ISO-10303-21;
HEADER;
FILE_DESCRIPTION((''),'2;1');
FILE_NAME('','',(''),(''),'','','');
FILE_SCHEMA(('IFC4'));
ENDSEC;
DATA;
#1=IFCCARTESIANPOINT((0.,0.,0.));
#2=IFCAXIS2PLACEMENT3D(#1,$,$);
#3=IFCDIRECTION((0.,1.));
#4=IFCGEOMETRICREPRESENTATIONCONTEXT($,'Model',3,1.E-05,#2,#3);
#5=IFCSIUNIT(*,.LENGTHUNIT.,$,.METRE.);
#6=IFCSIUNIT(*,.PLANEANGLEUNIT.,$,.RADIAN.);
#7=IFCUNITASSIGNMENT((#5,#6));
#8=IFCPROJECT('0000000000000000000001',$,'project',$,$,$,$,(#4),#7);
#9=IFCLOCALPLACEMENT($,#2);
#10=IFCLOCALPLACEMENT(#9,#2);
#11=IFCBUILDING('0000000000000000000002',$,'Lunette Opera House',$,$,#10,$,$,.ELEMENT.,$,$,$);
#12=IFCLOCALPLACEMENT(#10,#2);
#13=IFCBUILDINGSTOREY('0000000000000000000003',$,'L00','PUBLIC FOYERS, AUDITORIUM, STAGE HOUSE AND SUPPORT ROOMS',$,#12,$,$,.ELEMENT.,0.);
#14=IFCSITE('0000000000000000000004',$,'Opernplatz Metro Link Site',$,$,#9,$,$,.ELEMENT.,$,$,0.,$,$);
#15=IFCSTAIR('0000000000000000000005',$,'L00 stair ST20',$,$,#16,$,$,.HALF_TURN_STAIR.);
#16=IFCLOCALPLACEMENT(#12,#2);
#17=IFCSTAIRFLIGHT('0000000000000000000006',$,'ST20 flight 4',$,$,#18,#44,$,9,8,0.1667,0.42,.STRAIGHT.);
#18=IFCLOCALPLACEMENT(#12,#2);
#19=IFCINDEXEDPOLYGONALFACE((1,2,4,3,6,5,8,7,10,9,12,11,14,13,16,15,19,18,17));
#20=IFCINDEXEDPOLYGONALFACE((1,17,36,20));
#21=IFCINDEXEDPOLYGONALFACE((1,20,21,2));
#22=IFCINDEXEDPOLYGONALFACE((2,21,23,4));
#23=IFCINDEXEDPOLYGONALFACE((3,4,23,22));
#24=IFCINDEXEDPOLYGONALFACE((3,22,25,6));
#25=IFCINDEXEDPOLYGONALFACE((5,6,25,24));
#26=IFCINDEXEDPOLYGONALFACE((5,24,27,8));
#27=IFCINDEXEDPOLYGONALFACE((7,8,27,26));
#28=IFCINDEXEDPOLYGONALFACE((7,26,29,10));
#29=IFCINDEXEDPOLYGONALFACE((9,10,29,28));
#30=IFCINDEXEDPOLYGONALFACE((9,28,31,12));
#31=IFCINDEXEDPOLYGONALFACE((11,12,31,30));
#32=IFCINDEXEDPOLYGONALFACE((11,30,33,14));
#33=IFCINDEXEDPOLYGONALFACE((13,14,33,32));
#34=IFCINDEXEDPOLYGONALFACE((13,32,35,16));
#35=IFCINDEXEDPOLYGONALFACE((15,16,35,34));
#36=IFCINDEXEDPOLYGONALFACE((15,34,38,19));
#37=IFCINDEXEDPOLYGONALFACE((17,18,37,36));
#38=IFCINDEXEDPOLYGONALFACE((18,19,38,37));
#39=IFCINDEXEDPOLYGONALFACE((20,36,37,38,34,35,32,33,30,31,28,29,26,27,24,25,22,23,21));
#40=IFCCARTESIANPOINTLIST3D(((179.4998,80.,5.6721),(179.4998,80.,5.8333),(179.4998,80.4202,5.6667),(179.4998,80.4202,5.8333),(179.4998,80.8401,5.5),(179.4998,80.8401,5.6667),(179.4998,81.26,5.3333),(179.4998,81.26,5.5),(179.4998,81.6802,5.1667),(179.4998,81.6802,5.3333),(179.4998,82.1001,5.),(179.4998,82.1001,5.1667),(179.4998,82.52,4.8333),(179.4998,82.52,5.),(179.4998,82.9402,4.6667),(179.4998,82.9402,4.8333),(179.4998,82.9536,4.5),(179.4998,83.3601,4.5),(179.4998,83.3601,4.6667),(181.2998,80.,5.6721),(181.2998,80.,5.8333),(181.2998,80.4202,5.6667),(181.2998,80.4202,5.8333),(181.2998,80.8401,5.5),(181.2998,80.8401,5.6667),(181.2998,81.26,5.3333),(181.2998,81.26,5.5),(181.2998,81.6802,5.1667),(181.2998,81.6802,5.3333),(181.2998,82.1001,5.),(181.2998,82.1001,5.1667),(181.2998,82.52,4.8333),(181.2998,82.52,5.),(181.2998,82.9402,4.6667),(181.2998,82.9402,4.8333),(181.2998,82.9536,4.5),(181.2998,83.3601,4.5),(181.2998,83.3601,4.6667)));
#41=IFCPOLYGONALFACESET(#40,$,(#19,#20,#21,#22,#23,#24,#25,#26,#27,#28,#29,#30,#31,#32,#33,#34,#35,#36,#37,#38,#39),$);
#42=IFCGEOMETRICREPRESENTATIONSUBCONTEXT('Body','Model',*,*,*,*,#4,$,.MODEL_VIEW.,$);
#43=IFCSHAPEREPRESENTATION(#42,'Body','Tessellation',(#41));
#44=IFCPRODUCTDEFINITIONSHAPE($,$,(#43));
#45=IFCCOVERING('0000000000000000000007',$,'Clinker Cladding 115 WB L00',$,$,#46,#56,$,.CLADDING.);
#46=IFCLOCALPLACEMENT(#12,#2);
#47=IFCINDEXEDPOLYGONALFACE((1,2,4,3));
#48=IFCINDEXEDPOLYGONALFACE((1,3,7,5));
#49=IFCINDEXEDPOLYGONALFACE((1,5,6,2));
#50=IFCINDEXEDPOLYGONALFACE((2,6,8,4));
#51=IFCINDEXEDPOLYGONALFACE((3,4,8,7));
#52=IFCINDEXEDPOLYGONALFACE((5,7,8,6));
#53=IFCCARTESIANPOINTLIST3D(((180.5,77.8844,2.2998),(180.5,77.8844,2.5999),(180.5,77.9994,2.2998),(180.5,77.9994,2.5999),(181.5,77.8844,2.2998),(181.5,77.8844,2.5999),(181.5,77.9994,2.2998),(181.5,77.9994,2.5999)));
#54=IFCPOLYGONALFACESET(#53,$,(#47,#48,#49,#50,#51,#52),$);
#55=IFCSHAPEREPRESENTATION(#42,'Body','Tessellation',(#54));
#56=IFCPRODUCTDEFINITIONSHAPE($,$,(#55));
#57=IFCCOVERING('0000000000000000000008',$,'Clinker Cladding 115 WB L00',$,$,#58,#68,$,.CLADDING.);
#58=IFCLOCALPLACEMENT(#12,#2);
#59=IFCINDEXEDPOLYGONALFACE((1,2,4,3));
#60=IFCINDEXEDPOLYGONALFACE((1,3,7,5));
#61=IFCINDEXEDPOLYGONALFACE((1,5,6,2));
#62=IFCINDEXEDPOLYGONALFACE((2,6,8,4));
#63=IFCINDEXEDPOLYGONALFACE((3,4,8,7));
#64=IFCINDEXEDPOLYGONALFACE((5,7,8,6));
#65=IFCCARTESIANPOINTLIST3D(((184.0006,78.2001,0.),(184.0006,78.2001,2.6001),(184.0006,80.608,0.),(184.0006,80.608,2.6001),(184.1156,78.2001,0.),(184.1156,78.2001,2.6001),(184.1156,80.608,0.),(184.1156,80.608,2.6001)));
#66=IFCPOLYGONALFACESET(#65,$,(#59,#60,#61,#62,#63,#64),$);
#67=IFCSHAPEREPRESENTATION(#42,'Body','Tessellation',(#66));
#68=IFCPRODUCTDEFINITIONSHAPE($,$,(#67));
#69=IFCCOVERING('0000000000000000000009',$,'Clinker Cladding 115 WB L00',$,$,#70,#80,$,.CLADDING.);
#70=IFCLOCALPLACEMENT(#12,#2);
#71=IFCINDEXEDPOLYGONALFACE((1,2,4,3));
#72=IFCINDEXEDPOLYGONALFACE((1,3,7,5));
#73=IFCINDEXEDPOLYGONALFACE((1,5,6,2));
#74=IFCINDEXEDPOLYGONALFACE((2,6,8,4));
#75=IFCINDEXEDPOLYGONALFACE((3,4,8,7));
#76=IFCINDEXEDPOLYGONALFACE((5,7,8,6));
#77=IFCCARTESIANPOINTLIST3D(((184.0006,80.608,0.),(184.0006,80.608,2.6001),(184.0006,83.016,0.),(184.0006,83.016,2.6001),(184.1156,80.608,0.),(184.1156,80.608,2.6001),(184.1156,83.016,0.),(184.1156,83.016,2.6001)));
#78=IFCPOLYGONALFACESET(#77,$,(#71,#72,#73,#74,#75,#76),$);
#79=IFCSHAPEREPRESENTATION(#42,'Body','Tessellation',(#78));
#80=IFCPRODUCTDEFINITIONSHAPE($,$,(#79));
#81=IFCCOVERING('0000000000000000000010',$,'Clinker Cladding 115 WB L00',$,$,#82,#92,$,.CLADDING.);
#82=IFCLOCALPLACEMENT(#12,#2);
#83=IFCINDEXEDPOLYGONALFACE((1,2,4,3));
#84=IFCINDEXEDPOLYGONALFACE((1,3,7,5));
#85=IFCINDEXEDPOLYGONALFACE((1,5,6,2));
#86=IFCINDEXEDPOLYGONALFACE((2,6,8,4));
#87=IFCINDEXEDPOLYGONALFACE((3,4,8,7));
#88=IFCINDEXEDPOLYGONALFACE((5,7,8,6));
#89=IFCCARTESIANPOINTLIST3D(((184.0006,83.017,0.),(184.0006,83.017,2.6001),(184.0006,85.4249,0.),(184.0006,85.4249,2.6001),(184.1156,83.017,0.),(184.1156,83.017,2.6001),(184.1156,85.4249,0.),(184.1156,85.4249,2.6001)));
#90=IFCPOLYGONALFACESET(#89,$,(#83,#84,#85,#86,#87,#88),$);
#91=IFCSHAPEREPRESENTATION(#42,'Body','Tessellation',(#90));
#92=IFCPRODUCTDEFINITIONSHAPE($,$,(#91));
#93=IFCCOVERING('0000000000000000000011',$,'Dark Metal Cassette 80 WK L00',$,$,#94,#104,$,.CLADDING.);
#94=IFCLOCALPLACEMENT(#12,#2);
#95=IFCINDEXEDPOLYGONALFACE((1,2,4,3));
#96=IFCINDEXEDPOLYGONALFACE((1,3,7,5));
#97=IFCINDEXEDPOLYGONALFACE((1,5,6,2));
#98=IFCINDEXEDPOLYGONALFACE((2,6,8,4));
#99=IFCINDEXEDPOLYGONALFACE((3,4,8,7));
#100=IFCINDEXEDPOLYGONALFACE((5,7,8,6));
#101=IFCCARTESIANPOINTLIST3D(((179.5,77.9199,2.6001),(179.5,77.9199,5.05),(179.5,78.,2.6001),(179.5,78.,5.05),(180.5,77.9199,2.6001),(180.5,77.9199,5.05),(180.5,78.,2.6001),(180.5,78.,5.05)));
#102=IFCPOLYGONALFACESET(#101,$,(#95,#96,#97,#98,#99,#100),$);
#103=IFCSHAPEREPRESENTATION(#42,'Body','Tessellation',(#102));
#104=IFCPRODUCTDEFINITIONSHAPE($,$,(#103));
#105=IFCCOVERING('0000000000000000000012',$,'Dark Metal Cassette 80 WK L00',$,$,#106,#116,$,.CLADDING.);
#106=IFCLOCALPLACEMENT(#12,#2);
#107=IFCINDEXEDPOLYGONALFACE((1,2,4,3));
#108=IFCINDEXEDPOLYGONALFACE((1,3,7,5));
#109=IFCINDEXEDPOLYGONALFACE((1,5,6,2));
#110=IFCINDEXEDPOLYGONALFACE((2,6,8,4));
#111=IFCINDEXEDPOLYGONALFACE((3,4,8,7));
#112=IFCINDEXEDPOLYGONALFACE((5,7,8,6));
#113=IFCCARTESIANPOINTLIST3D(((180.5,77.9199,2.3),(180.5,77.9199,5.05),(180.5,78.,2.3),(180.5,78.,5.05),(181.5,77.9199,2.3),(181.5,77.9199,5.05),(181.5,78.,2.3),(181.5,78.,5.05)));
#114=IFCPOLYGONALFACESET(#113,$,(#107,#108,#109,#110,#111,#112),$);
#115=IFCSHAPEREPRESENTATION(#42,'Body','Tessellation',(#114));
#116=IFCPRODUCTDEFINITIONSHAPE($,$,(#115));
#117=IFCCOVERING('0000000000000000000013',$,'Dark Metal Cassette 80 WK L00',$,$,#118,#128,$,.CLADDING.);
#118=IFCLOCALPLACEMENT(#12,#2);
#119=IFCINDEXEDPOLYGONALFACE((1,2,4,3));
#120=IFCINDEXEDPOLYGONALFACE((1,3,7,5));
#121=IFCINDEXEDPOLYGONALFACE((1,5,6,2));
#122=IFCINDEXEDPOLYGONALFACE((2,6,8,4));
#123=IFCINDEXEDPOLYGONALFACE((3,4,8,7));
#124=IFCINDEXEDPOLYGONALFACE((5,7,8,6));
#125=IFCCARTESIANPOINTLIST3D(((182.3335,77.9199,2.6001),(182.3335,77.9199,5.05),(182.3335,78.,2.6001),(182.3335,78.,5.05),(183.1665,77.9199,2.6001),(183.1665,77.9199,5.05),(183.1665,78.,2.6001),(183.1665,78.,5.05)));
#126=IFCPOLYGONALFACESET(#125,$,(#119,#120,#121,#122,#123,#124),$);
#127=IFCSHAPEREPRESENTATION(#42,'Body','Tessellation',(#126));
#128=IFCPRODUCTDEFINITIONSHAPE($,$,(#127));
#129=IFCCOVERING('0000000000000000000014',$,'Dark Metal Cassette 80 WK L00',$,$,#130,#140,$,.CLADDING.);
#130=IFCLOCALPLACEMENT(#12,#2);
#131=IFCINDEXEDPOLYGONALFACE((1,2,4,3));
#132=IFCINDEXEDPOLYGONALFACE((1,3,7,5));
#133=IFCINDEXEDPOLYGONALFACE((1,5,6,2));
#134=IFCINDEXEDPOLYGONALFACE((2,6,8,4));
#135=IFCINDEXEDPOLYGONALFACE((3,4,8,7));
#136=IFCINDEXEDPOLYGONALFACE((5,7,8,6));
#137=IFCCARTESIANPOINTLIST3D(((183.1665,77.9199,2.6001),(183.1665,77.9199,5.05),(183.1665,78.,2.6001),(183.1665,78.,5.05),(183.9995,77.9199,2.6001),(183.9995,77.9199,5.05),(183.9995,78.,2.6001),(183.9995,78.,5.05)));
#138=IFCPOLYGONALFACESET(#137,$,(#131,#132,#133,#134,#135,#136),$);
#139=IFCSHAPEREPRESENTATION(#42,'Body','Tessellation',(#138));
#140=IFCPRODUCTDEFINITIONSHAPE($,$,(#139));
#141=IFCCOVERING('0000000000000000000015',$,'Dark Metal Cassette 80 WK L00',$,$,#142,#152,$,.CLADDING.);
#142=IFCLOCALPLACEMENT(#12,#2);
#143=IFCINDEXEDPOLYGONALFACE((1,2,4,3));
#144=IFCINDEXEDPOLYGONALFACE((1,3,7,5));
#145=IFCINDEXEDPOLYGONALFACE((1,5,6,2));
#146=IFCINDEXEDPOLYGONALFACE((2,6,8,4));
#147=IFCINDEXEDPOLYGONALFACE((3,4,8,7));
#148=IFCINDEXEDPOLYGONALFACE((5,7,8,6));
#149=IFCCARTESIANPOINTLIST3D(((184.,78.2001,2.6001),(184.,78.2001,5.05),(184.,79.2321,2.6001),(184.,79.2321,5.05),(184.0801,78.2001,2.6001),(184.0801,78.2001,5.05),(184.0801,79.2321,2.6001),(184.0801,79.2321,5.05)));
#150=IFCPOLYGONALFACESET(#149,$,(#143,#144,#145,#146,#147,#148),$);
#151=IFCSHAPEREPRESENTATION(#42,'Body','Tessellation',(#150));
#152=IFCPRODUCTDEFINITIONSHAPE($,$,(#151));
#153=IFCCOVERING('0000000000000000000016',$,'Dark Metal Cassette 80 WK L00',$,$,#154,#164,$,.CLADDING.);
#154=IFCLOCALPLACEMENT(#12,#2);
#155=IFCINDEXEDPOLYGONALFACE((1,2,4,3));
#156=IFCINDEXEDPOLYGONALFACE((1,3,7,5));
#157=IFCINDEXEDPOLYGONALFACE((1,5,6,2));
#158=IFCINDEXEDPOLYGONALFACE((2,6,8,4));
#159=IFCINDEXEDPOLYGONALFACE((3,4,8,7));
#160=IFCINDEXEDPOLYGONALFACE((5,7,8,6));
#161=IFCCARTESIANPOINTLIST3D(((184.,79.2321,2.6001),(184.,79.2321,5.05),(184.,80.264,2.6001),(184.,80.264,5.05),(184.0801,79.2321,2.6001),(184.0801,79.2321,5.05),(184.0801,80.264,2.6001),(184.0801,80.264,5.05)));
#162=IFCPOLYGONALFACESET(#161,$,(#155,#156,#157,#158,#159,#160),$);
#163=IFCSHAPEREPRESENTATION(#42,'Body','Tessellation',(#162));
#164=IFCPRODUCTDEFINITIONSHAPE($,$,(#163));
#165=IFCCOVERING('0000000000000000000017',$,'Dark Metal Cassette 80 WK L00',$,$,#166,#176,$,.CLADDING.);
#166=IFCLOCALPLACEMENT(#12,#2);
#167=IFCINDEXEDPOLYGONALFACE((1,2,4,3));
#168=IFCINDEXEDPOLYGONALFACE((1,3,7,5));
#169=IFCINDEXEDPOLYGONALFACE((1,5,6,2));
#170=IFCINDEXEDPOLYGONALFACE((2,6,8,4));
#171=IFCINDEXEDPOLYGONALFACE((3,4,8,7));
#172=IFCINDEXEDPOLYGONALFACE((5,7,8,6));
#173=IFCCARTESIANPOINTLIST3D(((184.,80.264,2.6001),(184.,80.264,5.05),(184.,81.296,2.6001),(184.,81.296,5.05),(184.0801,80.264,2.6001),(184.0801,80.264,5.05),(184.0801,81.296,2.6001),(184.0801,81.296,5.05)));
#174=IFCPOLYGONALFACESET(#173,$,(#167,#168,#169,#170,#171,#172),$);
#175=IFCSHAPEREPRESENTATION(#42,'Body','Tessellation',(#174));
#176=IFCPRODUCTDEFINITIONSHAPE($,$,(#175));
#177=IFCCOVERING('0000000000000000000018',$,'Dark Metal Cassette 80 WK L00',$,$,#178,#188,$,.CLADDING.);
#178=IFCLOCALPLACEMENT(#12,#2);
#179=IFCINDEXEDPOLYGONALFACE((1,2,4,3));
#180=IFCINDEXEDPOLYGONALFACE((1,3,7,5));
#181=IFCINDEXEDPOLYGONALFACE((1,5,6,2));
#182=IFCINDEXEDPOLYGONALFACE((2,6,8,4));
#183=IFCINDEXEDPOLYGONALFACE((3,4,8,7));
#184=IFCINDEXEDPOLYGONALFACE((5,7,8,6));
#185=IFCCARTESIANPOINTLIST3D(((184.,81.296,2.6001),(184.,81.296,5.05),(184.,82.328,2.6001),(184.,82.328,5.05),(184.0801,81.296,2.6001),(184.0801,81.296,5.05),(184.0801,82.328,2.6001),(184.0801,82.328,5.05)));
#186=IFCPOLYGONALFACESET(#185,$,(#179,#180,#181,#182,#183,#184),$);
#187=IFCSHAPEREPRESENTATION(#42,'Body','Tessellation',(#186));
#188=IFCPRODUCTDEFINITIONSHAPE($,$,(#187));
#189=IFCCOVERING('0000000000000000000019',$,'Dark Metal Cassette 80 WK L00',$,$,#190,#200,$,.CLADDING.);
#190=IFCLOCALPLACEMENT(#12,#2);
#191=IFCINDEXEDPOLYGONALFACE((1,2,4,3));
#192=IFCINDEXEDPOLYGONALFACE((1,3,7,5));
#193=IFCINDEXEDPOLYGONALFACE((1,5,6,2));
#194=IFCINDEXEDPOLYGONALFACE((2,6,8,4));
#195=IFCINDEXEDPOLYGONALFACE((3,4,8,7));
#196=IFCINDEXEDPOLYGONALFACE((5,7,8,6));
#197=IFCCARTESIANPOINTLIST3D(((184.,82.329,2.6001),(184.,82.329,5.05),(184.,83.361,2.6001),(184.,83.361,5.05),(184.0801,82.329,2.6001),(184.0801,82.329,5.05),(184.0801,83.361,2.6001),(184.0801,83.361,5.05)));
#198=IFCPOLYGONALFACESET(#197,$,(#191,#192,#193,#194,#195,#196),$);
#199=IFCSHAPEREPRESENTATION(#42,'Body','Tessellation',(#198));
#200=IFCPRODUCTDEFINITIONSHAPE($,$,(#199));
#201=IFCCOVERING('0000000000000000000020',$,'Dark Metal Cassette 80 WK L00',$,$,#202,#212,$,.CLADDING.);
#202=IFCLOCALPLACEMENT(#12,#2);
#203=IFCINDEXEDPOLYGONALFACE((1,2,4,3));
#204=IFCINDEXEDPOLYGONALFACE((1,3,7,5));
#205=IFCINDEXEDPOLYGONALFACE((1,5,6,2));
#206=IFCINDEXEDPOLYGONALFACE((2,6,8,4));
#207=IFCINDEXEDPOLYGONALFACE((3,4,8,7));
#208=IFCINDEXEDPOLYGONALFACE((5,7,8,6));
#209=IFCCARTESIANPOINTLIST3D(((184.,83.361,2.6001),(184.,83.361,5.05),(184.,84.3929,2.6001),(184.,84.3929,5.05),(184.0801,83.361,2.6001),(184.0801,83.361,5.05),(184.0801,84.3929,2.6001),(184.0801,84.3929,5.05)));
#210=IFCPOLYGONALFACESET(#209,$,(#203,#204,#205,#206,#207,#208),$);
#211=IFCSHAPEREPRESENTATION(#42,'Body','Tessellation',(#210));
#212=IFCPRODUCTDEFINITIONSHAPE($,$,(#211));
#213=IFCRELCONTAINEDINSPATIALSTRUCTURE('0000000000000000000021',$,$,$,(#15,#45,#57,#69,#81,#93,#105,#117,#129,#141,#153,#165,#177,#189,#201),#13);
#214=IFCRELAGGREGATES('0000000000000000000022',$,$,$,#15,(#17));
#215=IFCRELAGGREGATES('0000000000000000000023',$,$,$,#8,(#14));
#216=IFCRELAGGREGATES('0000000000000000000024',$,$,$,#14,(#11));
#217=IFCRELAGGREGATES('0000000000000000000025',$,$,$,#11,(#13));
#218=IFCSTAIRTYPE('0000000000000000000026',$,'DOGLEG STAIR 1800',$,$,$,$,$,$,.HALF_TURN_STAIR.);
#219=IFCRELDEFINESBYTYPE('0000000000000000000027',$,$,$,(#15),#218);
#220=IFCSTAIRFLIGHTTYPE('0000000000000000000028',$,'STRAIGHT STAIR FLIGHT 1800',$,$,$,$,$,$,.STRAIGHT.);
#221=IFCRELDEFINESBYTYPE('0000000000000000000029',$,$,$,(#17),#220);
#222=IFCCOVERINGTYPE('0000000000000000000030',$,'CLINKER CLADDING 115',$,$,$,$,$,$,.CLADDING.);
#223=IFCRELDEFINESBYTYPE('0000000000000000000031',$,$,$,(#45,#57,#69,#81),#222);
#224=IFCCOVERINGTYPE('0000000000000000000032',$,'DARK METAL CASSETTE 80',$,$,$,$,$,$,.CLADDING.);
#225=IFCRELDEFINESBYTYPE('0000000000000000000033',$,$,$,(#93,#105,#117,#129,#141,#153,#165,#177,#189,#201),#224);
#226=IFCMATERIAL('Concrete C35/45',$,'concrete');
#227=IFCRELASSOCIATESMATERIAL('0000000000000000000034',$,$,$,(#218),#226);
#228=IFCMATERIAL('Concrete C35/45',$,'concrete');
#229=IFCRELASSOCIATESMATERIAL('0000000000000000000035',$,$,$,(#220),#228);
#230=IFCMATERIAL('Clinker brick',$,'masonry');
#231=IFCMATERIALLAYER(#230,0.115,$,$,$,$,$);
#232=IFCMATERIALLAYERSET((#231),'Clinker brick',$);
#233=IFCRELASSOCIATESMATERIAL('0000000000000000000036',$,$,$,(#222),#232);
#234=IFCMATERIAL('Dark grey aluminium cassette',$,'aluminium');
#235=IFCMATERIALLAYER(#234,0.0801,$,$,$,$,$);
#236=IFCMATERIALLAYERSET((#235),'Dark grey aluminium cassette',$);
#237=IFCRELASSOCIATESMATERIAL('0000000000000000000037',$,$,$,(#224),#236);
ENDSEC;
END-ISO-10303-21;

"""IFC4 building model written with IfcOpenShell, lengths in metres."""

from ifc_helpers import new_model, si_unit, direction, frame, origin, origin_2d, place, context, subcontext, project, spatial, polyline, rectangle, outline, extrude, material, layer, layer_set, type_object, element, aggregate, save


model = new_model("IFC4")

# Units and contexts
model_context = context("Model", 3, precision=1e-05, world=origin(), true_north=direction((0.0, 1.0)))
body_context = subcontext(model_context, "Body", "Model", "MODEL_VIEW")
ifc_project = project(units=[si_unit("LENGTHUNIT", "METRE"), si_unit("PLANEANGLEUNIT", "RADIAN")], contexts=[model_context])

# Site, building, storey
site_placement = place(None, origin())
site = spatial("IfcSite", under=ifc_project, at=site_placement, Name="Opernplatz Metro Link Site", CompositionType="ELEMENT", RefElevation=0.0)
building_placement = place(site_placement, origin())
building = spatial("IfcBuilding", under=site, at=building_placement, Name="Lunette Opera House", CompositionType="ELEMENT")
storey_placement = place(building_placement, origin())
storey = spatial("IfcBuildingStorey", under=building, at=storey_placement, Name="L00", Description="PUBLIC FOYERS, AUDITORIUM, STAGE HOUSE AND SUPPORT ROOMS", CompositionType="ELEMENT", Elevation=0.0)

# Stair, stair flight
ifc_material_1 = material(Name="Concrete C35/45", Category="concrete")
stair_type = type_object("IfcStairType", Name="DOGLEG STAIR 1800", PredefinedType="HALF_TURN_STAIR", material=ifc_material_1)
stair_placement = place(storey_placement, origin())
stair = element("IfcStair", 1, at=stair_placement, inside=storey, type_object=stair_type, Name="L00 stair ST20", PredefinedType="HALF_TURN_STAIR")
ifc_material_2 = material(Name="Concrete C35/45", Category="concrete")
stair_flight_type = type_object("IfcStairFlightType", Name="STRAIGHT STAIR FLIGHT 1800", PredefinedType="STRAIGHT", material=ifc_material_2)
stair_flight_1_placement = place(storey_placement, frame((180.3999, 83.3601, 4.5), z_axis=(0.0, 0.0, 1.0), x_axis=(0.0, -1.0, 0.0)))
stair_flight_1 = element("IfcStairFlight", 2, at=stair_flight_1_placement, type_object=stair_flight_type, Name="ST20 flight 4", NumberOfRisers=9, NumberOfTreads=8, PredefinedType="STRAIGHT", RiserHeight=0.1667, TreadLength=0.42, context=body_context, shape_type="SweptSolid", body=[
    extrude(outline(polyline([(0.0, 0.0), (0.0, 0.1667), (0.4199, 0.1667), (0.4199, 0.3333), (0.8401, 0.3333), (0.8401, 0.5), (1.26, 0.5), (1.26, 0.6667), (1.6799, 0.6667), (1.6799, 0.8333), (2.1001, 0.8333), (2.1001, 1.0), (2.52, 1.0), (2.52, 1.1667), (2.9399, 1.1667), (2.9399, 1.3333), (3.3601, 1.3333), (3.3601, 1.5), (3.3601, 1.1721), (0.4065, 0.0), (0.0, 0.0)])), frame((0.0, 0.8999, 0.0), z_axis=(0.0, -1.0, 0.0), x_axis=(1.0, 0.0, 0.0)), (0.0, 0.0, 1.0), 1.8),
])
aggregate(stair, [stair_flight_1])

# Coverings
ifc_material_3 = material(Name="Clinker brick", Category="masonry")
ifc_layer_1 = layer(ifc_material_3, 0.115)
ifc_layer_set_1 = layer_set([ifc_layer_1], Name="Clinker brick")
covering_type_1 = type_object("IfcCoveringType", Name="CLINKER CLADDING 115", PredefinedType="CLADDING", material=ifc_layer_set_1)
covering_1_placement = place(storey_placement, frame((181.0, 77.9419, 2.2998), z_axis=(0.0, 0.0, 1.0), x_axis=(1.0, 0.0, 0.0)))
element("IfcCovering", 3, at=covering_1_placement, inside=storey, type_object=covering_type_1, Name="Clinker Cladding 115 WB L00", PredefinedType="CLADDING", context=body_context, shape_type="SweptSolid", body=[
    extrude(rectangle(XDim=1.0, YDim=0.115, at=origin_2d()), origin(), (0.0, 0.0, 1.0), 0.3),
])
for number, where, z_axis, x_axis, name in (
    (4, (184.0581, 79.4041, 0.0), (0.0, 0.0, 1.0), (0.0, 1.0, 0.0), "Clinker Cladding 115 WB L00"),
    (5, (184.0581, 81.812, 0.0), (0.0, 0.0, 1.0), (0.0, 1.0, 0.0), "Clinker Cladding 115 WB L00"),
    (6, (184.0581, 84.2209, 0.0), (0.0, 0.0, 1.0), (0.0, 1.0, 0.0), "Clinker Cladding 115 WB L00"),
):
    element("IfcCovering", number, at=place(storey_placement, frame(where, z_axis=z_axis, x_axis=x_axis)), inside=storey, type_object=covering_type_1, Name=name, PredefinedType="CLADDING", context=body_context, shape_type="SweptSolid", body=[
        extrude(rectangle(XDim=2.408, YDim=0.115, at=origin_2d()), origin(), (0.0, 0.0, 1.0), 2.6001),
    ])
ifc_material_4 = material(Name="Dark grey aluminium cassette", Category="aluminium")
ifc_layer_2 = layer(ifc_material_4, 0.0801)
ifc_layer_set_2 = layer_set([ifc_layer_2], Name="Dark grey aluminium cassette")
covering_type_2 = type_object("IfcCoveringType", Name="DARK METAL CASSETTE 80", PredefinedType="CLADDING", material=ifc_layer_set_2)
covering_2_placement = place(storey_placement, frame((180.0, 77.96, 2.6001), z_axis=(0.0, 0.0, 1.0), x_axis=(1.0, 0.0, 0.0)))
element("IfcCovering", 7, at=covering_2_placement, inside=storey, type_object=covering_type_2, Name="Dark Metal Cassette 80 WK L00", PredefinedType="CLADDING", context=body_context, shape_type="SweptSolid", body=[
    extrude(rectangle(XDim=1.0, YDim=0.0801, at=origin_2d()), origin(), (0.0, 0.0, 1.0), 2.45),
])
covering_3_placement = place(storey_placement, frame((181.0, 77.96, 2.3), z_axis=(0.0, 0.0, 1.0), x_axis=(1.0, 0.0, 0.0)))
element("IfcCovering", 8, at=covering_3_placement, inside=storey, type_object=covering_type_2, Name="Dark Metal Cassette 80 WK L00", PredefinedType="CLADDING", context=body_context, shape_type="SweptSolid", body=[
    extrude(rectangle(XDim=1.0, YDim=0.0801, at=origin_2d()), origin(), (0.0, 0.0, 1.0), 2.75),
])
for number, where, z_axis, x_axis, name in (
    (9, (182.75, 77.96, 2.6001), (0.0, 0.0, 1.0), (1.0, 0.0, 0.0), "Dark Metal Cassette 80 WK L00"),
    (10, (183.583, 77.96, 2.6001), (0.0, 0.0, 1.0), (1.0, 0.0, 0.0), "Dark Metal Cassette 80 WK L00"),
):
    element("IfcCovering", number, at=place(storey_placement, frame(where, z_axis=z_axis, x_axis=x_axis)), inside=storey, type_object=covering_type_2, Name=name, PredefinedType="CLADDING", context=body_context, shape_type="SweptSolid", body=[
        extrude(rectangle(XDim=0.833, YDim=0.0801, at=origin_2d()), origin(), (0.0, 0.0, 1.0), 2.45),
    ])
for number, where, z_axis, x_axis, name in (
    (11, (184.04, 78.7161, 2.6001), (0.0, 0.0, 1.0), (0.0, 1.0, 0.0), "Dark Metal Cassette 80 WK L00"),
    (12, (184.04, 79.748, 2.6001), (0.0, 0.0, 1.0), (0.0, 1.0, 0.0), "Dark Metal Cassette 80 WK L00"),
    (13, (184.04, 80.78, 2.6001), (0.0, 0.0, 1.0), (0.0, 1.0, 0.0), "Dark Metal Cassette 80 WK L00"),
    (14, (184.04, 81.812, 2.6001), (0.0, 0.0, 1.0), (0.0, 1.0, 0.0), "Dark Metal Cassette 80 WK L00"),
    (15, (184.04, 82.845, 2.6001), (0.0, 0.0, 1.0), (0.0, 1.0, 0.0), "Dark Metal Cassette 80 WK L00"),
    (16, (184.04, 83.877, 2.6001), (0.0, 0.0, 1.0), (0.0, 1.0, 0.0), "Dark Metal Cassette 80 WK L00"),
):
    element("IfcCovering", number, at=place(storey_placement, frame(where, z_axis=z_axis, x_axis=x_axis)), inside=storey, type_object=covering_type_2, Name=name, PredefinedType="CLADDING", context=body_context, shape_type="SweptSolid", body=[
        extrude(rectangle(XDim=1.032, YDim=0.0801, at=origin_2d()), origin(), (0.0, 0.0, 1.0), 2.45),
    ])

save(model, "model.ifc")
